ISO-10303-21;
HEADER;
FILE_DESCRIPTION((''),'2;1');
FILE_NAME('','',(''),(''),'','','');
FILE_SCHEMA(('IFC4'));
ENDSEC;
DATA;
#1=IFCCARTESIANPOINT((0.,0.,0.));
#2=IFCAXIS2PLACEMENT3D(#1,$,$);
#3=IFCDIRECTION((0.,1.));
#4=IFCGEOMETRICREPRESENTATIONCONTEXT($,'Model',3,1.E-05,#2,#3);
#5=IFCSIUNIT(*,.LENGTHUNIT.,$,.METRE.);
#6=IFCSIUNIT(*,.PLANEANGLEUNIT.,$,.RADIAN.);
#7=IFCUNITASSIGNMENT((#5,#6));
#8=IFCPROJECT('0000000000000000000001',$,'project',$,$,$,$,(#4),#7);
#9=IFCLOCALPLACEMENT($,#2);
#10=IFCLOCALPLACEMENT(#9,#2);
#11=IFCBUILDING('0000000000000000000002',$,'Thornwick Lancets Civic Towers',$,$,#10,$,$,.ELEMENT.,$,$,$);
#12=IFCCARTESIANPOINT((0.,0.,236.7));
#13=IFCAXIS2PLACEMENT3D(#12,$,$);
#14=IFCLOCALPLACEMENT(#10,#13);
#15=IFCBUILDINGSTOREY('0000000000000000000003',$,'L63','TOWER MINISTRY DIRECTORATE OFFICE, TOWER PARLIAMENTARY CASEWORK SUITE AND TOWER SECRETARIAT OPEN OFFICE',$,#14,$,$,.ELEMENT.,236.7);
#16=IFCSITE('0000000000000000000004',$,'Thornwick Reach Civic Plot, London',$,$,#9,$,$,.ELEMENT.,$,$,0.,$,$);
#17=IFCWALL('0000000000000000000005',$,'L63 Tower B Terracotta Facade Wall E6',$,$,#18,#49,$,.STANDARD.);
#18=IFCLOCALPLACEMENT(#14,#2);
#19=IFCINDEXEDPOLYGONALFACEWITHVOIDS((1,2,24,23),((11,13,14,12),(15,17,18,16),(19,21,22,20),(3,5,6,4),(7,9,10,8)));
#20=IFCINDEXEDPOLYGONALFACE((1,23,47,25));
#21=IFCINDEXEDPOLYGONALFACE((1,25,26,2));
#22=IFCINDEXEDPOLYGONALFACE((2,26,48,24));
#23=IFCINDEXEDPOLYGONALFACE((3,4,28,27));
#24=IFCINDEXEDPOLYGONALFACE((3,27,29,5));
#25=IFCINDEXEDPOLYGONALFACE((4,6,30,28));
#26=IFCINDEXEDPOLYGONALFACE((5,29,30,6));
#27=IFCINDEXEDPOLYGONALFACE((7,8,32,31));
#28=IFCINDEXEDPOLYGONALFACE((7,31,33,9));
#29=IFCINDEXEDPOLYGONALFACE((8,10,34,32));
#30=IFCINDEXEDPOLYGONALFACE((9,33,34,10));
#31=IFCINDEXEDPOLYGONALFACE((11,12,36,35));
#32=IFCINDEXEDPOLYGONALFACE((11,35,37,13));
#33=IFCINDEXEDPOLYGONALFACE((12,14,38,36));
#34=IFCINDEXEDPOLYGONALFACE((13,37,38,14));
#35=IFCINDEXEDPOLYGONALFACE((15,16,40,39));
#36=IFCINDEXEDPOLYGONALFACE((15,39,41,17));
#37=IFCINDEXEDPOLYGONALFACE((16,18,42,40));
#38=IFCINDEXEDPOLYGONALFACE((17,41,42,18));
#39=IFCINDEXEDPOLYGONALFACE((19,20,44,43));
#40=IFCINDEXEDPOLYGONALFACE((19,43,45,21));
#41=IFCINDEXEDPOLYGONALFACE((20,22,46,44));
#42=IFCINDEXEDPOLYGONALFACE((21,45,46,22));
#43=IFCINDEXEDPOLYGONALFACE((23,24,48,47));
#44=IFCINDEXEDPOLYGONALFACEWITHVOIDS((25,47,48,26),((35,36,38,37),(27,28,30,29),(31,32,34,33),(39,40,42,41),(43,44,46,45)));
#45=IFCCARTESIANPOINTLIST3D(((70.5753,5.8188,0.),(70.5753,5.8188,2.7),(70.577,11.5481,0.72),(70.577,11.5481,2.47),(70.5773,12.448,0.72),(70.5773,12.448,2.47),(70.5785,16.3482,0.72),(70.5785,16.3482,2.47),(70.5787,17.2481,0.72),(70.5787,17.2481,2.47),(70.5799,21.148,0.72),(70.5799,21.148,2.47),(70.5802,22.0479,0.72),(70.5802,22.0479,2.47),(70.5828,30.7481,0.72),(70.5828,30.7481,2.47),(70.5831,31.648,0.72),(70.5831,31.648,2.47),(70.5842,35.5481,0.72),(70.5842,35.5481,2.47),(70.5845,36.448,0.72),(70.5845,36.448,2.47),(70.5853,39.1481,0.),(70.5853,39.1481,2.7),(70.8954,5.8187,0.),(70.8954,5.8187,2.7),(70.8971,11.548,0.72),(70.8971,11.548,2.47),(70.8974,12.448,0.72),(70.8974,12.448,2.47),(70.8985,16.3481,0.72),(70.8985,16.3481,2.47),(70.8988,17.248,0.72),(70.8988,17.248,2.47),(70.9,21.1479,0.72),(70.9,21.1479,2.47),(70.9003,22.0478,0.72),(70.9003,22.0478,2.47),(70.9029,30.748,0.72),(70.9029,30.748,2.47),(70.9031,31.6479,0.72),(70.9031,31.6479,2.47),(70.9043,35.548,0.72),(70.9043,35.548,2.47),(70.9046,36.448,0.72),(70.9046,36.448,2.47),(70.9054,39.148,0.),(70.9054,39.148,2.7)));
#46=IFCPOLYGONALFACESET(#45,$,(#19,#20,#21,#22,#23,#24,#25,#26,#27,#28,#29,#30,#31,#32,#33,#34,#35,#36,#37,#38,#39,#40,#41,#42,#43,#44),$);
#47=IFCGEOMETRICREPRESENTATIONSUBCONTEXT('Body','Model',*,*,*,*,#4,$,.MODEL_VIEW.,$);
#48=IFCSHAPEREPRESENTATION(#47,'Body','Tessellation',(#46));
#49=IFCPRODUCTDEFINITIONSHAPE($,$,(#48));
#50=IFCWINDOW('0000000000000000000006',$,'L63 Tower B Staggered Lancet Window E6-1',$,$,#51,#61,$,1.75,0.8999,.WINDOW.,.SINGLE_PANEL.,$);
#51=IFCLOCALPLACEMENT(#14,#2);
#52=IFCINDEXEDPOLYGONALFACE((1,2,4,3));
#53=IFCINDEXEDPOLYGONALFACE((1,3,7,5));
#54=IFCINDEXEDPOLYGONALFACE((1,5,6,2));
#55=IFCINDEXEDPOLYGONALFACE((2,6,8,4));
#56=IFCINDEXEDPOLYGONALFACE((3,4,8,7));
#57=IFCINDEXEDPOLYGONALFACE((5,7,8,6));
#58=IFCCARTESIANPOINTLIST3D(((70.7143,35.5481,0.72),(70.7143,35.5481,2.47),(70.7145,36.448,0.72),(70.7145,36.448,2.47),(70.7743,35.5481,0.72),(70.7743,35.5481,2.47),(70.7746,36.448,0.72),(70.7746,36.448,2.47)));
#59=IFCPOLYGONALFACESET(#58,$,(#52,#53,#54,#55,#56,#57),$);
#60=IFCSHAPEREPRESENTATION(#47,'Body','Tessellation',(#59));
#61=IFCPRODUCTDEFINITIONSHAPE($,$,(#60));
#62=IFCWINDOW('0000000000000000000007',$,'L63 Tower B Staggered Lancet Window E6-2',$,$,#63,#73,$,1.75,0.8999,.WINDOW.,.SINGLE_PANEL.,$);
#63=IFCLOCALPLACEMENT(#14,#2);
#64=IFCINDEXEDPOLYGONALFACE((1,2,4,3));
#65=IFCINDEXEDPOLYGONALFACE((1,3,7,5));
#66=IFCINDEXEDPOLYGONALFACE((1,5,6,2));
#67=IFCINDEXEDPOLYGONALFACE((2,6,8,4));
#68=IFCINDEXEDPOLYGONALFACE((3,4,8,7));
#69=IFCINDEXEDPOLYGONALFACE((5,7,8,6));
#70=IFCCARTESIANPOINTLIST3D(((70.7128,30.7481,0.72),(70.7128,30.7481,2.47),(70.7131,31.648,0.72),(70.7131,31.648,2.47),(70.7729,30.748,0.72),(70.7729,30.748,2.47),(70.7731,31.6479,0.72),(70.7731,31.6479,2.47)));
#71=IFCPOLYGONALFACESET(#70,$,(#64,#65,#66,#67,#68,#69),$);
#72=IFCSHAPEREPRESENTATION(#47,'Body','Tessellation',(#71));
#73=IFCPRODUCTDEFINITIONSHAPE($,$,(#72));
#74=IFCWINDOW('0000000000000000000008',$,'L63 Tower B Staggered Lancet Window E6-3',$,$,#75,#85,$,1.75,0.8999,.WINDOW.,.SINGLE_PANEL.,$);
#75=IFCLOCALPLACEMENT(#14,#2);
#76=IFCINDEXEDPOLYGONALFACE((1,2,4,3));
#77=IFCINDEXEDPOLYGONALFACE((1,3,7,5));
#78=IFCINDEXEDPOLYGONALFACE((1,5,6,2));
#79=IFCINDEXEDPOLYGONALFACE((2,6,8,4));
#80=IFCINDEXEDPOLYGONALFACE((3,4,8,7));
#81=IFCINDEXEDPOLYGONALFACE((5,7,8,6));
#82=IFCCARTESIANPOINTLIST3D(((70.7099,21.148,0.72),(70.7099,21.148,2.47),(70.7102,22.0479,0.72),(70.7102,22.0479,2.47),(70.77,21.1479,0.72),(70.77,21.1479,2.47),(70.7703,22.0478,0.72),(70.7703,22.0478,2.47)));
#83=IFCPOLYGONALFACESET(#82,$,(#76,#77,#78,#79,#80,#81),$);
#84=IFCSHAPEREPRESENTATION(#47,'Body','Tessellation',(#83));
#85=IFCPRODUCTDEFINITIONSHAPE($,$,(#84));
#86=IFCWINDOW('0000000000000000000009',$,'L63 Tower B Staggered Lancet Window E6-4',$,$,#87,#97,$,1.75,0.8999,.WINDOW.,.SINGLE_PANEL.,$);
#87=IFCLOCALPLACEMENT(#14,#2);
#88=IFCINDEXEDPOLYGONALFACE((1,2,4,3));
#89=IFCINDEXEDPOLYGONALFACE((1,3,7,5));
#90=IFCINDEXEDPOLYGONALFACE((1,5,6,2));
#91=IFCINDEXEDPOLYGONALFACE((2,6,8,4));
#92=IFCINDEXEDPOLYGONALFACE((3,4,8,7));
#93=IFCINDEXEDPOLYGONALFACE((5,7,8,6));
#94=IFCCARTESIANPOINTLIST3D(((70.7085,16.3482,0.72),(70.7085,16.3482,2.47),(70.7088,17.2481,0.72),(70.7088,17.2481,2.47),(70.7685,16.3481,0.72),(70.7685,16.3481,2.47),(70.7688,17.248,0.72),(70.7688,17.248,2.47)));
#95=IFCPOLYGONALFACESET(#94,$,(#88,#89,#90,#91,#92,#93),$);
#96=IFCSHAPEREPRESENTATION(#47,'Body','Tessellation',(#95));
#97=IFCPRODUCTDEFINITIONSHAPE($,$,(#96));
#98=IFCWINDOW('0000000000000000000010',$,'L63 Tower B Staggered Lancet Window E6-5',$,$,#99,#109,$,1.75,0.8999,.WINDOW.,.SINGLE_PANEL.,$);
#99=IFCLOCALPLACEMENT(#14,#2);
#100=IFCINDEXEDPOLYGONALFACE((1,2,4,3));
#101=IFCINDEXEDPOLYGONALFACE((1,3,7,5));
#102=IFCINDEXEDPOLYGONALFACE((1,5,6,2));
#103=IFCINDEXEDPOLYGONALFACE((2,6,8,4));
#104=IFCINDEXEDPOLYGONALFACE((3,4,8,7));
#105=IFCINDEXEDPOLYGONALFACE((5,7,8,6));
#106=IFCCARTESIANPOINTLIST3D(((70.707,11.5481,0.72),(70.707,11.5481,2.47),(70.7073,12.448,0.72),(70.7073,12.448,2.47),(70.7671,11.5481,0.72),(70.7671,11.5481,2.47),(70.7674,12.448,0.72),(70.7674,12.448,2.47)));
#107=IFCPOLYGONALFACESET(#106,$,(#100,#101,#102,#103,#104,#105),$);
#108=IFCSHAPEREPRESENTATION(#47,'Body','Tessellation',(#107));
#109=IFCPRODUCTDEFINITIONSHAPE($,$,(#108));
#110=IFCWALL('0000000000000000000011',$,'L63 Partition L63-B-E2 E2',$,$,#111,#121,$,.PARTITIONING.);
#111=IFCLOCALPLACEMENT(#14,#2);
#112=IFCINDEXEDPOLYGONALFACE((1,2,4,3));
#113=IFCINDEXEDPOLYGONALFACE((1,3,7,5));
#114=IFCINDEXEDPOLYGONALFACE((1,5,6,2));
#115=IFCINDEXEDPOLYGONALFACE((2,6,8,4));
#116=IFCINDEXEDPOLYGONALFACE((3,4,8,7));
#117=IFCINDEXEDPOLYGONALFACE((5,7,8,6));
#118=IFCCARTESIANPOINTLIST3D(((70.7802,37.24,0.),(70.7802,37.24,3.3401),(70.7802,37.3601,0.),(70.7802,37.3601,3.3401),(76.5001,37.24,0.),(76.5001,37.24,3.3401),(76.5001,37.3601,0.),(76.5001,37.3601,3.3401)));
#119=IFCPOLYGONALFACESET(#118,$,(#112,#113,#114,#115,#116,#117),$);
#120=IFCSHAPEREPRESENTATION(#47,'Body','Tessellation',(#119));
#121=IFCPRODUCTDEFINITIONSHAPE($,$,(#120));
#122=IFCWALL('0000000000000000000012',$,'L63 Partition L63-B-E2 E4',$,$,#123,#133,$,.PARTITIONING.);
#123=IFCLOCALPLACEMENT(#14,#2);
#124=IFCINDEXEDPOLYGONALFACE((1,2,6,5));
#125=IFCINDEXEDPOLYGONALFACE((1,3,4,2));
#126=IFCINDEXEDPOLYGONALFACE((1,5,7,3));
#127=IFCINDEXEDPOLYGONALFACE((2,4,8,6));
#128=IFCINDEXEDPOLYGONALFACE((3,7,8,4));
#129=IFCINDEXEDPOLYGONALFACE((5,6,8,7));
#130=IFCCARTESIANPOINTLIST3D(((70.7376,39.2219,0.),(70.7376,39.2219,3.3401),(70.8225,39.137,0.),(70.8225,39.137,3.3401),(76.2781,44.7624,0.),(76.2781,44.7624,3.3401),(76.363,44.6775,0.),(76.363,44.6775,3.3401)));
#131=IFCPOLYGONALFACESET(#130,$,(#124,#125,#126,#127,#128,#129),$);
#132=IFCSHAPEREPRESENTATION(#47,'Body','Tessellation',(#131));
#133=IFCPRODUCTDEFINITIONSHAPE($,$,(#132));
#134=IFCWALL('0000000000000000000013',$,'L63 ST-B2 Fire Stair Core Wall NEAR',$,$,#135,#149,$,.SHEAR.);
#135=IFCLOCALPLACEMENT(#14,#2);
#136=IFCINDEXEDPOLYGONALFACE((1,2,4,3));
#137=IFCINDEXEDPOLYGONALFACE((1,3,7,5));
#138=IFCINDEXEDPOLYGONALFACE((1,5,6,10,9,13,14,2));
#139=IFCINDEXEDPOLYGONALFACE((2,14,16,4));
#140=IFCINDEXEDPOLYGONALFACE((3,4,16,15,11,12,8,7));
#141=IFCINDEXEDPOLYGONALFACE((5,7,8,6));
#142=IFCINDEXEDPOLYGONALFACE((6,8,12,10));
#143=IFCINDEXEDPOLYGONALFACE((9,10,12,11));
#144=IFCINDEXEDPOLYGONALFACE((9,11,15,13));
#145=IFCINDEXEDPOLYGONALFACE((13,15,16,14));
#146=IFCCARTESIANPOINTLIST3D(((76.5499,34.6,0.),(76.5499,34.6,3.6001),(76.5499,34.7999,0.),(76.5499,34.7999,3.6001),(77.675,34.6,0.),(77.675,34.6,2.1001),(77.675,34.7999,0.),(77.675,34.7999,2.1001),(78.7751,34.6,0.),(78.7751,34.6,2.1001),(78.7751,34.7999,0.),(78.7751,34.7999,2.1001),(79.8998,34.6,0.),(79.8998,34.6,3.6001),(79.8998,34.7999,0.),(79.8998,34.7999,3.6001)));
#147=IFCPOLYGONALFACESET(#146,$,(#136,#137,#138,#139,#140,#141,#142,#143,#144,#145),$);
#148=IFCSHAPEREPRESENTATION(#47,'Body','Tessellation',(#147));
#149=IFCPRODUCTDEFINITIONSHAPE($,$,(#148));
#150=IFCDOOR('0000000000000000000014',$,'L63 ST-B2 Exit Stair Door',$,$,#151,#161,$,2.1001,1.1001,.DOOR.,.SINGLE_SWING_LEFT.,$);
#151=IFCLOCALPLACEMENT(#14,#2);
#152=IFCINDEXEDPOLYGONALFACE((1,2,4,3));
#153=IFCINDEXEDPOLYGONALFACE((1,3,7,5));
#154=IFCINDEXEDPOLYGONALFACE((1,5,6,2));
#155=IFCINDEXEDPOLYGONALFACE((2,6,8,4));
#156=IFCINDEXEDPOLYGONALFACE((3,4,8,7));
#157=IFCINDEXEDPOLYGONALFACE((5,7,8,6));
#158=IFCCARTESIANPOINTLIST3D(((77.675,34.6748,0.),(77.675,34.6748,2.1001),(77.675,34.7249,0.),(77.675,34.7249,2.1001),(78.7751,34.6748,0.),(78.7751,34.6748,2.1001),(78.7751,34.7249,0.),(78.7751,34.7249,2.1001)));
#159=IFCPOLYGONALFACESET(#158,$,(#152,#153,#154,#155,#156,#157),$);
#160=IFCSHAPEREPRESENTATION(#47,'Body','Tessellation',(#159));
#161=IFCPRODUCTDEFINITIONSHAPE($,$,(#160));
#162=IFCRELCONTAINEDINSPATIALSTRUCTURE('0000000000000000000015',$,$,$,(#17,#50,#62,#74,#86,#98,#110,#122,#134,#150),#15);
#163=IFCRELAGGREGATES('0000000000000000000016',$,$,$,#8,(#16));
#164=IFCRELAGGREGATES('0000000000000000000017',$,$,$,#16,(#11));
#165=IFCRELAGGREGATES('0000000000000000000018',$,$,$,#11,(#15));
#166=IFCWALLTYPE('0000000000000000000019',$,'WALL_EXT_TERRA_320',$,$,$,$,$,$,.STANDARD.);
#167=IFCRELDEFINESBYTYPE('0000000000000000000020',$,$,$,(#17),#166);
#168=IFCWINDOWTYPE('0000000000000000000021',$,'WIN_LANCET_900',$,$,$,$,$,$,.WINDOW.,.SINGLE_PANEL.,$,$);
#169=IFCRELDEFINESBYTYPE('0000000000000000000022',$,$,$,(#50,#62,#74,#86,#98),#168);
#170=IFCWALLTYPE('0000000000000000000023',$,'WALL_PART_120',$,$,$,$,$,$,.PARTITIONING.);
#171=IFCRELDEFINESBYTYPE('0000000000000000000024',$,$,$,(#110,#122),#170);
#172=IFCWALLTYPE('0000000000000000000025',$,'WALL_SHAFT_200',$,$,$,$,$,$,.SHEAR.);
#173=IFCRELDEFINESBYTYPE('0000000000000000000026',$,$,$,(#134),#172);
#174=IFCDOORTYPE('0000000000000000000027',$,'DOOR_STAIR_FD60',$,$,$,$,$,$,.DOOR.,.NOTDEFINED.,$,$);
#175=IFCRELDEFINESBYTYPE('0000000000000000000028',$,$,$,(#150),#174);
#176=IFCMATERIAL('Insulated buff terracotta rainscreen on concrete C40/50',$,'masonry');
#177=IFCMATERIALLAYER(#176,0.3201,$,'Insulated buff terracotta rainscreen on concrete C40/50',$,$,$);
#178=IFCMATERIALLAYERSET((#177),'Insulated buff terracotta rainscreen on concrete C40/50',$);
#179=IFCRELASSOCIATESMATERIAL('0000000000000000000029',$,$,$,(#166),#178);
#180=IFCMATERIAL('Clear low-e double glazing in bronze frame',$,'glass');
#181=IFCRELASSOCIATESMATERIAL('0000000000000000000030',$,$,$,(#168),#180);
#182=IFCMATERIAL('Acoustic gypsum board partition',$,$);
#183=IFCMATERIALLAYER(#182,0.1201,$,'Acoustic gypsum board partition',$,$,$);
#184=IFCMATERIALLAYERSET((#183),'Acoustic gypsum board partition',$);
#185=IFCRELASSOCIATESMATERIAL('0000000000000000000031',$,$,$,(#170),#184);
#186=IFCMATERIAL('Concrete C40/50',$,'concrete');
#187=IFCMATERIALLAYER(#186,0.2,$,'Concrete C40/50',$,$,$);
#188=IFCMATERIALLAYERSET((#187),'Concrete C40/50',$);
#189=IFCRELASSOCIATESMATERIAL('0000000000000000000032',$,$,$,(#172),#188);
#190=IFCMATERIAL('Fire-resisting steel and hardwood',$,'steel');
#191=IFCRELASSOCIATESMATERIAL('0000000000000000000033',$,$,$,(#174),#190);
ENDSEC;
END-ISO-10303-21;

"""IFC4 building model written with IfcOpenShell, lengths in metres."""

from ifc_helpers import new_model, si_unit, direction, frame, frame_2d, origin, place, context, subcontext, project, spatial, rectangle, extrude, material, layer, layer_set, type_object, element, fill, save


model = new_model("IFC4")

# Units and contexts
model_context = context("Model", 3, precision=1e-05, world=origin(), true_north=direction((0.0, 1.0)))
body_context = subcontext(model_context, "Body", "Model", "MODEL_VIEW")
ifc_project = project(units=[si_unit("LENGTHUNIT", "METRE"), si_unit("PLANEANGLEUNIT", "RADIAN")], contexts=[model_context])

# Site, building, storey
site_placement = place(None, origin())
site = spatial("IfcSite", under=ifc_project, at=site_placement, Name="Thornwick Reach Civic Plot, London", CompositionType="ELEMENT", RefElevation=0.0)
building_placement = place(site_placement, origin())
building = spatial("IfcBuilding", under=site, at=building_placement, Name="Thornwick Lancets Civic Towers", CompositionType="ELEMENT")
storey_placement = place(building_placement, frame((0.0, 0.0, 236.7)))
storey = spatial("IfcBuildingStorey", under=building, at=storey_placement, Name="L63", Description="TOWER MINISTRY DIRECTORATE OFFICE, TOWER PARLIAMENTARY CASEWORK SUITE AND TOWER SECRETARIAT OPEN OFFICE", CompositionType="ELEMENT", Elevation=236.7)

# Shared definitions
ifc_material_1 = material(Name="Concrete C40/50", Category="concrete")

# Wall, openings, windows
ifc_material_2 = material(Name="Insulated buff terracotta rainscreen on concrete C40/50", Category="masonry")
ifc_layer_1 = layer(ifc_material_2, 0.3201, Name="Insulated buff terracotta rainscreen on concrete C40/50")
ifc_layer_set_1 = layer_set([ifc_layer_1], Name="Insulated buff terracotta rainscreen on concrete C40/50")
wall_type_1 = type_object("IfcWallType", Name="WALL_EXT_TERRA_320", PredefinedType="STANDARD", material=ifc_layer_set_1)
wall_1_placement = place(storey_placement, frame((70.7454, 39.1479, 0.0), z_axis=(0.0, 0.0, 1.0), x_axis=(-0.0003, -1.0, 0.0)))
wall_1 = element("IfcWall", 1, at=wall_1_placement, inside=storey, type_object=wall_type_1, Name="L63 Tower B Terracotta Facade Wall E6", PredefinedType="STANDARD", context=body_context, shape_type="SweptSolid", body=[
    extrude(rectangle(XDim=33.3293, YDim=0.3201, at=frame_2d((16.6646, 0.0))), origin(), (0.0, 0.0, 1.0), 2.7),
])
opening_1_placement = place(wall_1_placement, frame((2.7, 0.0, 0.72)))
opening_1 = element("IfcOpeningElement", 2, at=opening_1_placement, cuts=wall_1, PredefinedType="OPENING", context=body_context, shape_type="SweptSolid", body=[
    extrude(rectangle(XDim=0.8999, YDim=1.75, at=frame_2d((0.45, 0.875))), frame((0.0, 0.1699, 0.0), z_axis=(0.0, -1.0, 0.0), x_axis=(1.0, 0.0, 0.0)), (0.0, 0.0, 1.0), 0.3401),
])
opening_2_placement = place(wall_1_placement, frame((7.5, 0.0, 0.72)))
opening_2 = element("IfcOpeningElement", 3, at=opening_2_placement, cuts=wall_1, PredefinedType="OPENING", context=body_context, shape_type="SweptSolid", body=[
    extrude(rectangle(XDim=0.8999, YDim=1.75, at=frame_2d((0.45, 0.875))), frame((0.0, 0.1699, 0.0), z_axis=(0.0, -1.0, 0.0), x_axis=(1.0, 0.0, 0.0)), (0.0, 0.0, 1.0), 0.3401),
])
opening_3_placement = place(wall_1_placement, frame((17.1001, 0.0, 0.72)))
opening_3 = element("IfcOpeningElement", 4, at=opening_3_placement, cuts=wall_1, PredefinedType="OPENING", context=body_context, shape_type="SweptSolid", body=[
    extrude(rectangle(XDim=0.8999, YDim=1.75, at=frame_2d((0.45, 0.875))), frame((0.0, 0.1699, 0.0), z_axis=(0.0, -1.0, 0.0), x_axis=(1.0, 0.0, 0.0)), (0.0, 0.0, 1.0), 0.3401),
])
opening_4_placement = place(wall_1_placement, frame((21.8999, 0.0, 0.72)))
opening_4 = element("IfcOpeningElement", 5, at=opening_4_placement, cuts=wall_1, PredefinedType="OPENING", context=body_context, shape_type="SweptSolid", body=[
    extrude(rectangle(XDim=0.8999, YDim=1.75, at=frame_2d((0.45, 0.875))), frame((0.0, 0.1699, 0.0), z_axis=(0.0, -1.0, 0.0), x_axis=(1.0, 0.0, 0.0)), (0.0, 0.0, 1.0), 0.3401),
])
opening_5_placement = place(wall_1_placement, frame((26.7, 0.0, 0.72)))
opening_5 = element("IfcOpeningElement", 6, at=opening_5_placement, cuts=wall_1, PredefinedType="OPENING", context=body_context, shape_type="SweptSolid", body=[
    extrude(rectangle(XDim=0.8999, YDim=1.75, at=frame_2d((0.45, 0.875))), frame((0.0, 0.1699, 0.0), z_axis=(0.0, -1.0, 0.0), x_axis=(1.0, 0.0, 0.0)), (0.0, 0.0, 1.0), 0.3401),
])
ifc_material_3 = material(Name="Clear low-e double glazing in bronze frame", Category="glass")
window_type = type_object("IfcWindowType", Name="WIN_LANCET_900", PartitioningType="SINGLE_PANEL", PredefinedType="WINDOW", material=ifc_material_3)
window_1_placement = place(opening_1_placement, origin())
window_1 = element("IfcWindow", 7, at=window_1_placement, inside=storey, type_object=window_type, Name="L63 Tower B Staggered Lancet Window E6-1", OverallHeight=1.75, OverallWidth=0.8999, PartitioningType="SINGLE_PANEL", PredefinedType="WINDOW", context=body_context, shape_type="SweptSolid", body=[
    extrude(rectangle(XDim=0.8999, YDim=1.75, at=frame_2d((0.45, 0.875))), frame((0.0, 0.03, 0.0), z_axis=(0.0, -1.0, 0.0), x_axis=(1.0, 0.0, 0.0)), (0.0, 0.0, 1.0), 0.0601),
])
fill(opening_1, window_1)
window_2_placement = place(opening_2_placement, origin())
window_2 = element("IfcWindow", 8, at=window_2_placement, inside=storey, type_object=window_type, Name="L63 Tower B Staggered Lancet Window E6-2", OverallHeight=1.75, OverallWidth=0.8999, PartitioningType="SINGLE_PANEL", PredefinedType="WINDOW", context=body_context, shape_type="SweptSolid", body=[
    extrude(rectangle(XDim=0.8999, YDim=1.75, at=frame_2d((0.45, 0.875))), frame((0.0, 0.03, 0.0), z_axis=(0.0, -1.0, 0.0), x_axis=(1.0, 0.0, 0.0)), (0.0, 0.0, 1.0), 0.0601),
])
fill(opening_2, window_2)
window_3_placement = place(opening_3_placement, origin())
window_3 = element("IfcWindow", 9, at=window_3_placement, inside=storey, type_object=window_type, Name="L63 Tower B Staggered Lancet Window E6-3", OverallHeight=1.75, OverallWidth=0.8999, PartitioningType="SINGLE_PANEL", PredefinedType="WINDOW", context=body_context, shape_type="SweptSolid", body=[
    extrude(rectangle(XDim=0.8999, YDim=1.75, at=frame_2d((0.45, 0.875))), frame((0.0, 0.03, 0.0), z_axis=(0.0, -1.0, 0.0), x_axis=(1.0, 0.0, 0.0)), (0.0, 0.0, 1.0), 0.0601),
])
fill(opening_3, window_3)
window_4_placement = place(opening_4_placement, origin())
window_4 = element("IfcWindow", 10, at=window_4_placement, inside=storey, type_object=window_type, Name="L63 Tower B Staggered Lancet Window E6-4", OverallHeight=1.75, OverallWidth=0.8999, PartitioningType="SINGLE_PANEL", PredefinedType="WINDOW", context=body_context, shape_type="SweptSolid", body=[
    extrude(rectangle(XDim=0.8999, YDim=1.75, at=frame_2d((0.45, 0.875))), frame((0.0, 0.03, 0.0), z_axis=(0.0, -1.0, 0.0), x_axis=(1.0, 0.0, 0.0)), (0.0, 0.0, 1.0), 0.0601),
])
fill(opening_4, window_4)
window_5_placement = place(opening_5_placement, origin())
window_5 = element("IfcWindow", 11, at=window_5_placement, inside=storey, type_object=window_type, Name="L63 Tower B Staggered Lancet Window E6-5", OverallHeight=1.75, OverallWidth=0.8999, PartitioningType="SINGLE_PANEL", PredefinedType="WINDOW", context=body_context, shape_type="SweptSolid", body=[
    extrude(rectangle(XDim=0.8999, YDim=1.75, at=frame_2d((0.45, 0.875))), frame((0.0, 0.03, 0.0), z_axis=(0.0, -1.0, 0.0), x_axis=(1.0, 0.0, 0.0)), (0.0, 0.0, 1.0), 0.0601),
])
fill(opening_5, window_5)

# Walls
ifc_material_4 = material(Name="Acoustic gypsum board partition")
ifc_layer_2 = layer(ifc_material_4, 0.1201, Name="Acoustic gypsum board partition")
ifc_layer_set_2 = layer_set([ifc_layer_2], Name="Acoustic gypsum board partition")
wall_type_2 = type_object("IfcWallType", Name="WALL_PART_120", PredefinedType="PARTITIONING", material=ifc_layer_set_2)
wall_2_placement = place(storey_placement, frame((76.5, 37.3, 0.0), z_axis=(0.0, 0.0, 1.0), x_axis=(-1.0, 0.0, 0.0)))
element("IfcWall", 12, at=wall_2_placement, inside=storey, type_object=wall_type_2, Name="L63 Partition L63-B-E2 E2", PredefinedType="PARTITIONING", context=body_context, shape_type="SweptSolid", body=[
    extrude(rectangle(XDim=5.72, YDim=0.1201, at=frame_2d((2.8599, 0.0))), origin(), (0.0, 0.0, 1.0), 3.3401),
])
wall_3_placement = place(storey_placement, frame((70.78, 39.1794, 0.0), z_axis=(0.0, 0.0, 1.0), x_axis=(0.707107, 0.707107, 0.0)))
element("IfcWall", 13, at=wall_3_placement, inside=storey, type_object=wall_type_2, Name="L63 Partition L63-B-E2 E4", PredefinedType="PARTITIONING", context=body_context, shape_type="SweptSolid", body=[
    extrude(rectangle(XDim=7.8354, YDim=0.1201, at=frame_2d((3.9177, 0.0))), origin(), (0.0, 0.0, 1.0), 3.3401),
])

# Wall, opening, door
ifc_layer_3 = layer(ifc_material_1, 0.2, Name="Concrete C40/50")
ifc_layer_set_3 = layer_set([ifc_layer_3], Name="Concrete C40/50")
wall_type_3 = type_object("IfcWallType", Name="WALL_SHAFT_200", PredefinedType="SHEAR", material=ifc_layer_set_3)
wall_4_placement = place(storey_placement, frame((76.55, 34.7, 0.0), z_axis=(0.0, 0.0, 1.0), x_axis=(1.0, 0.0, 0.0)))
wall_4 = element("IfcWall", 14, at=wall_4_placement, inside=storey, type_object=wall_type_3, Name="L63 ST-B2 Fire Stair Core Wall NEAR", PredefinedType="SHEAR", context=body_context, shape_type="SweptSolid", body=[
    extrude(rectangle(XDim=3.3499, YDim=0.2, at=frame_2d((1.6748, 0.0))), origin(), (0.0, 0.0, 1.0), 3.6001),
])
opening_6_placement = place(wall_4_placement, frame((1.125, 0.0, 0.0)))
opening_6 = element("IfcOpeningElement", 15, at=opening_6_placement, cuts=wall_4, PredefinedType="OPENING", context=body_context, shape_type="SweptSolid", body=[
    extrude(rectangle(XDim=1.1001, YDim=2.1001, at=frame_2d((0.55, 1.05))), frame((0.0, 0.1099, 0.0), z_axis=(0.0, -1.0, 0.0), x_axis=(1.0, 0.0, 0.0)), (0.0, 0.0, 1.0), 0.22),
])
ifc_material_5 = material(Name="Fire-resisting steel and hardwood", Category="steel")
door_type = type_object("IfcDoorType", Name="DOOR_STAIR_FD60", OperationType="NOTDEFINED", PredefinedType="DOOR", material=ifc_material_5)
door_placement = place(opening_6_placement, origin())
door = element("IfcDoor", 16, at=door_placement, inside=storey, type_object=door_type, Name="L63 ST-B2 Exit Stair Door", OperationType="SINGLE_SWING_LEFT", OverallHeight=2.1001, OverallWidth=1.1001, PredefinedType="DOOR", context=body_context, shape_type="SweptSolid", body=[
    extrude(rectangle(XDim=1.1001, YDim=2.1001, at=frame_2d((0.55, 1.05))), frame((0.0, 0.0249, 0.0), z_axis=(0.0, -1.0, 0.0), x_axis=(1.0, 0.0, 0.0)), (0.0, 0.0, 1.0), 0.05),
])
fill(opening_6, door)

save(model, "model.ifc")
